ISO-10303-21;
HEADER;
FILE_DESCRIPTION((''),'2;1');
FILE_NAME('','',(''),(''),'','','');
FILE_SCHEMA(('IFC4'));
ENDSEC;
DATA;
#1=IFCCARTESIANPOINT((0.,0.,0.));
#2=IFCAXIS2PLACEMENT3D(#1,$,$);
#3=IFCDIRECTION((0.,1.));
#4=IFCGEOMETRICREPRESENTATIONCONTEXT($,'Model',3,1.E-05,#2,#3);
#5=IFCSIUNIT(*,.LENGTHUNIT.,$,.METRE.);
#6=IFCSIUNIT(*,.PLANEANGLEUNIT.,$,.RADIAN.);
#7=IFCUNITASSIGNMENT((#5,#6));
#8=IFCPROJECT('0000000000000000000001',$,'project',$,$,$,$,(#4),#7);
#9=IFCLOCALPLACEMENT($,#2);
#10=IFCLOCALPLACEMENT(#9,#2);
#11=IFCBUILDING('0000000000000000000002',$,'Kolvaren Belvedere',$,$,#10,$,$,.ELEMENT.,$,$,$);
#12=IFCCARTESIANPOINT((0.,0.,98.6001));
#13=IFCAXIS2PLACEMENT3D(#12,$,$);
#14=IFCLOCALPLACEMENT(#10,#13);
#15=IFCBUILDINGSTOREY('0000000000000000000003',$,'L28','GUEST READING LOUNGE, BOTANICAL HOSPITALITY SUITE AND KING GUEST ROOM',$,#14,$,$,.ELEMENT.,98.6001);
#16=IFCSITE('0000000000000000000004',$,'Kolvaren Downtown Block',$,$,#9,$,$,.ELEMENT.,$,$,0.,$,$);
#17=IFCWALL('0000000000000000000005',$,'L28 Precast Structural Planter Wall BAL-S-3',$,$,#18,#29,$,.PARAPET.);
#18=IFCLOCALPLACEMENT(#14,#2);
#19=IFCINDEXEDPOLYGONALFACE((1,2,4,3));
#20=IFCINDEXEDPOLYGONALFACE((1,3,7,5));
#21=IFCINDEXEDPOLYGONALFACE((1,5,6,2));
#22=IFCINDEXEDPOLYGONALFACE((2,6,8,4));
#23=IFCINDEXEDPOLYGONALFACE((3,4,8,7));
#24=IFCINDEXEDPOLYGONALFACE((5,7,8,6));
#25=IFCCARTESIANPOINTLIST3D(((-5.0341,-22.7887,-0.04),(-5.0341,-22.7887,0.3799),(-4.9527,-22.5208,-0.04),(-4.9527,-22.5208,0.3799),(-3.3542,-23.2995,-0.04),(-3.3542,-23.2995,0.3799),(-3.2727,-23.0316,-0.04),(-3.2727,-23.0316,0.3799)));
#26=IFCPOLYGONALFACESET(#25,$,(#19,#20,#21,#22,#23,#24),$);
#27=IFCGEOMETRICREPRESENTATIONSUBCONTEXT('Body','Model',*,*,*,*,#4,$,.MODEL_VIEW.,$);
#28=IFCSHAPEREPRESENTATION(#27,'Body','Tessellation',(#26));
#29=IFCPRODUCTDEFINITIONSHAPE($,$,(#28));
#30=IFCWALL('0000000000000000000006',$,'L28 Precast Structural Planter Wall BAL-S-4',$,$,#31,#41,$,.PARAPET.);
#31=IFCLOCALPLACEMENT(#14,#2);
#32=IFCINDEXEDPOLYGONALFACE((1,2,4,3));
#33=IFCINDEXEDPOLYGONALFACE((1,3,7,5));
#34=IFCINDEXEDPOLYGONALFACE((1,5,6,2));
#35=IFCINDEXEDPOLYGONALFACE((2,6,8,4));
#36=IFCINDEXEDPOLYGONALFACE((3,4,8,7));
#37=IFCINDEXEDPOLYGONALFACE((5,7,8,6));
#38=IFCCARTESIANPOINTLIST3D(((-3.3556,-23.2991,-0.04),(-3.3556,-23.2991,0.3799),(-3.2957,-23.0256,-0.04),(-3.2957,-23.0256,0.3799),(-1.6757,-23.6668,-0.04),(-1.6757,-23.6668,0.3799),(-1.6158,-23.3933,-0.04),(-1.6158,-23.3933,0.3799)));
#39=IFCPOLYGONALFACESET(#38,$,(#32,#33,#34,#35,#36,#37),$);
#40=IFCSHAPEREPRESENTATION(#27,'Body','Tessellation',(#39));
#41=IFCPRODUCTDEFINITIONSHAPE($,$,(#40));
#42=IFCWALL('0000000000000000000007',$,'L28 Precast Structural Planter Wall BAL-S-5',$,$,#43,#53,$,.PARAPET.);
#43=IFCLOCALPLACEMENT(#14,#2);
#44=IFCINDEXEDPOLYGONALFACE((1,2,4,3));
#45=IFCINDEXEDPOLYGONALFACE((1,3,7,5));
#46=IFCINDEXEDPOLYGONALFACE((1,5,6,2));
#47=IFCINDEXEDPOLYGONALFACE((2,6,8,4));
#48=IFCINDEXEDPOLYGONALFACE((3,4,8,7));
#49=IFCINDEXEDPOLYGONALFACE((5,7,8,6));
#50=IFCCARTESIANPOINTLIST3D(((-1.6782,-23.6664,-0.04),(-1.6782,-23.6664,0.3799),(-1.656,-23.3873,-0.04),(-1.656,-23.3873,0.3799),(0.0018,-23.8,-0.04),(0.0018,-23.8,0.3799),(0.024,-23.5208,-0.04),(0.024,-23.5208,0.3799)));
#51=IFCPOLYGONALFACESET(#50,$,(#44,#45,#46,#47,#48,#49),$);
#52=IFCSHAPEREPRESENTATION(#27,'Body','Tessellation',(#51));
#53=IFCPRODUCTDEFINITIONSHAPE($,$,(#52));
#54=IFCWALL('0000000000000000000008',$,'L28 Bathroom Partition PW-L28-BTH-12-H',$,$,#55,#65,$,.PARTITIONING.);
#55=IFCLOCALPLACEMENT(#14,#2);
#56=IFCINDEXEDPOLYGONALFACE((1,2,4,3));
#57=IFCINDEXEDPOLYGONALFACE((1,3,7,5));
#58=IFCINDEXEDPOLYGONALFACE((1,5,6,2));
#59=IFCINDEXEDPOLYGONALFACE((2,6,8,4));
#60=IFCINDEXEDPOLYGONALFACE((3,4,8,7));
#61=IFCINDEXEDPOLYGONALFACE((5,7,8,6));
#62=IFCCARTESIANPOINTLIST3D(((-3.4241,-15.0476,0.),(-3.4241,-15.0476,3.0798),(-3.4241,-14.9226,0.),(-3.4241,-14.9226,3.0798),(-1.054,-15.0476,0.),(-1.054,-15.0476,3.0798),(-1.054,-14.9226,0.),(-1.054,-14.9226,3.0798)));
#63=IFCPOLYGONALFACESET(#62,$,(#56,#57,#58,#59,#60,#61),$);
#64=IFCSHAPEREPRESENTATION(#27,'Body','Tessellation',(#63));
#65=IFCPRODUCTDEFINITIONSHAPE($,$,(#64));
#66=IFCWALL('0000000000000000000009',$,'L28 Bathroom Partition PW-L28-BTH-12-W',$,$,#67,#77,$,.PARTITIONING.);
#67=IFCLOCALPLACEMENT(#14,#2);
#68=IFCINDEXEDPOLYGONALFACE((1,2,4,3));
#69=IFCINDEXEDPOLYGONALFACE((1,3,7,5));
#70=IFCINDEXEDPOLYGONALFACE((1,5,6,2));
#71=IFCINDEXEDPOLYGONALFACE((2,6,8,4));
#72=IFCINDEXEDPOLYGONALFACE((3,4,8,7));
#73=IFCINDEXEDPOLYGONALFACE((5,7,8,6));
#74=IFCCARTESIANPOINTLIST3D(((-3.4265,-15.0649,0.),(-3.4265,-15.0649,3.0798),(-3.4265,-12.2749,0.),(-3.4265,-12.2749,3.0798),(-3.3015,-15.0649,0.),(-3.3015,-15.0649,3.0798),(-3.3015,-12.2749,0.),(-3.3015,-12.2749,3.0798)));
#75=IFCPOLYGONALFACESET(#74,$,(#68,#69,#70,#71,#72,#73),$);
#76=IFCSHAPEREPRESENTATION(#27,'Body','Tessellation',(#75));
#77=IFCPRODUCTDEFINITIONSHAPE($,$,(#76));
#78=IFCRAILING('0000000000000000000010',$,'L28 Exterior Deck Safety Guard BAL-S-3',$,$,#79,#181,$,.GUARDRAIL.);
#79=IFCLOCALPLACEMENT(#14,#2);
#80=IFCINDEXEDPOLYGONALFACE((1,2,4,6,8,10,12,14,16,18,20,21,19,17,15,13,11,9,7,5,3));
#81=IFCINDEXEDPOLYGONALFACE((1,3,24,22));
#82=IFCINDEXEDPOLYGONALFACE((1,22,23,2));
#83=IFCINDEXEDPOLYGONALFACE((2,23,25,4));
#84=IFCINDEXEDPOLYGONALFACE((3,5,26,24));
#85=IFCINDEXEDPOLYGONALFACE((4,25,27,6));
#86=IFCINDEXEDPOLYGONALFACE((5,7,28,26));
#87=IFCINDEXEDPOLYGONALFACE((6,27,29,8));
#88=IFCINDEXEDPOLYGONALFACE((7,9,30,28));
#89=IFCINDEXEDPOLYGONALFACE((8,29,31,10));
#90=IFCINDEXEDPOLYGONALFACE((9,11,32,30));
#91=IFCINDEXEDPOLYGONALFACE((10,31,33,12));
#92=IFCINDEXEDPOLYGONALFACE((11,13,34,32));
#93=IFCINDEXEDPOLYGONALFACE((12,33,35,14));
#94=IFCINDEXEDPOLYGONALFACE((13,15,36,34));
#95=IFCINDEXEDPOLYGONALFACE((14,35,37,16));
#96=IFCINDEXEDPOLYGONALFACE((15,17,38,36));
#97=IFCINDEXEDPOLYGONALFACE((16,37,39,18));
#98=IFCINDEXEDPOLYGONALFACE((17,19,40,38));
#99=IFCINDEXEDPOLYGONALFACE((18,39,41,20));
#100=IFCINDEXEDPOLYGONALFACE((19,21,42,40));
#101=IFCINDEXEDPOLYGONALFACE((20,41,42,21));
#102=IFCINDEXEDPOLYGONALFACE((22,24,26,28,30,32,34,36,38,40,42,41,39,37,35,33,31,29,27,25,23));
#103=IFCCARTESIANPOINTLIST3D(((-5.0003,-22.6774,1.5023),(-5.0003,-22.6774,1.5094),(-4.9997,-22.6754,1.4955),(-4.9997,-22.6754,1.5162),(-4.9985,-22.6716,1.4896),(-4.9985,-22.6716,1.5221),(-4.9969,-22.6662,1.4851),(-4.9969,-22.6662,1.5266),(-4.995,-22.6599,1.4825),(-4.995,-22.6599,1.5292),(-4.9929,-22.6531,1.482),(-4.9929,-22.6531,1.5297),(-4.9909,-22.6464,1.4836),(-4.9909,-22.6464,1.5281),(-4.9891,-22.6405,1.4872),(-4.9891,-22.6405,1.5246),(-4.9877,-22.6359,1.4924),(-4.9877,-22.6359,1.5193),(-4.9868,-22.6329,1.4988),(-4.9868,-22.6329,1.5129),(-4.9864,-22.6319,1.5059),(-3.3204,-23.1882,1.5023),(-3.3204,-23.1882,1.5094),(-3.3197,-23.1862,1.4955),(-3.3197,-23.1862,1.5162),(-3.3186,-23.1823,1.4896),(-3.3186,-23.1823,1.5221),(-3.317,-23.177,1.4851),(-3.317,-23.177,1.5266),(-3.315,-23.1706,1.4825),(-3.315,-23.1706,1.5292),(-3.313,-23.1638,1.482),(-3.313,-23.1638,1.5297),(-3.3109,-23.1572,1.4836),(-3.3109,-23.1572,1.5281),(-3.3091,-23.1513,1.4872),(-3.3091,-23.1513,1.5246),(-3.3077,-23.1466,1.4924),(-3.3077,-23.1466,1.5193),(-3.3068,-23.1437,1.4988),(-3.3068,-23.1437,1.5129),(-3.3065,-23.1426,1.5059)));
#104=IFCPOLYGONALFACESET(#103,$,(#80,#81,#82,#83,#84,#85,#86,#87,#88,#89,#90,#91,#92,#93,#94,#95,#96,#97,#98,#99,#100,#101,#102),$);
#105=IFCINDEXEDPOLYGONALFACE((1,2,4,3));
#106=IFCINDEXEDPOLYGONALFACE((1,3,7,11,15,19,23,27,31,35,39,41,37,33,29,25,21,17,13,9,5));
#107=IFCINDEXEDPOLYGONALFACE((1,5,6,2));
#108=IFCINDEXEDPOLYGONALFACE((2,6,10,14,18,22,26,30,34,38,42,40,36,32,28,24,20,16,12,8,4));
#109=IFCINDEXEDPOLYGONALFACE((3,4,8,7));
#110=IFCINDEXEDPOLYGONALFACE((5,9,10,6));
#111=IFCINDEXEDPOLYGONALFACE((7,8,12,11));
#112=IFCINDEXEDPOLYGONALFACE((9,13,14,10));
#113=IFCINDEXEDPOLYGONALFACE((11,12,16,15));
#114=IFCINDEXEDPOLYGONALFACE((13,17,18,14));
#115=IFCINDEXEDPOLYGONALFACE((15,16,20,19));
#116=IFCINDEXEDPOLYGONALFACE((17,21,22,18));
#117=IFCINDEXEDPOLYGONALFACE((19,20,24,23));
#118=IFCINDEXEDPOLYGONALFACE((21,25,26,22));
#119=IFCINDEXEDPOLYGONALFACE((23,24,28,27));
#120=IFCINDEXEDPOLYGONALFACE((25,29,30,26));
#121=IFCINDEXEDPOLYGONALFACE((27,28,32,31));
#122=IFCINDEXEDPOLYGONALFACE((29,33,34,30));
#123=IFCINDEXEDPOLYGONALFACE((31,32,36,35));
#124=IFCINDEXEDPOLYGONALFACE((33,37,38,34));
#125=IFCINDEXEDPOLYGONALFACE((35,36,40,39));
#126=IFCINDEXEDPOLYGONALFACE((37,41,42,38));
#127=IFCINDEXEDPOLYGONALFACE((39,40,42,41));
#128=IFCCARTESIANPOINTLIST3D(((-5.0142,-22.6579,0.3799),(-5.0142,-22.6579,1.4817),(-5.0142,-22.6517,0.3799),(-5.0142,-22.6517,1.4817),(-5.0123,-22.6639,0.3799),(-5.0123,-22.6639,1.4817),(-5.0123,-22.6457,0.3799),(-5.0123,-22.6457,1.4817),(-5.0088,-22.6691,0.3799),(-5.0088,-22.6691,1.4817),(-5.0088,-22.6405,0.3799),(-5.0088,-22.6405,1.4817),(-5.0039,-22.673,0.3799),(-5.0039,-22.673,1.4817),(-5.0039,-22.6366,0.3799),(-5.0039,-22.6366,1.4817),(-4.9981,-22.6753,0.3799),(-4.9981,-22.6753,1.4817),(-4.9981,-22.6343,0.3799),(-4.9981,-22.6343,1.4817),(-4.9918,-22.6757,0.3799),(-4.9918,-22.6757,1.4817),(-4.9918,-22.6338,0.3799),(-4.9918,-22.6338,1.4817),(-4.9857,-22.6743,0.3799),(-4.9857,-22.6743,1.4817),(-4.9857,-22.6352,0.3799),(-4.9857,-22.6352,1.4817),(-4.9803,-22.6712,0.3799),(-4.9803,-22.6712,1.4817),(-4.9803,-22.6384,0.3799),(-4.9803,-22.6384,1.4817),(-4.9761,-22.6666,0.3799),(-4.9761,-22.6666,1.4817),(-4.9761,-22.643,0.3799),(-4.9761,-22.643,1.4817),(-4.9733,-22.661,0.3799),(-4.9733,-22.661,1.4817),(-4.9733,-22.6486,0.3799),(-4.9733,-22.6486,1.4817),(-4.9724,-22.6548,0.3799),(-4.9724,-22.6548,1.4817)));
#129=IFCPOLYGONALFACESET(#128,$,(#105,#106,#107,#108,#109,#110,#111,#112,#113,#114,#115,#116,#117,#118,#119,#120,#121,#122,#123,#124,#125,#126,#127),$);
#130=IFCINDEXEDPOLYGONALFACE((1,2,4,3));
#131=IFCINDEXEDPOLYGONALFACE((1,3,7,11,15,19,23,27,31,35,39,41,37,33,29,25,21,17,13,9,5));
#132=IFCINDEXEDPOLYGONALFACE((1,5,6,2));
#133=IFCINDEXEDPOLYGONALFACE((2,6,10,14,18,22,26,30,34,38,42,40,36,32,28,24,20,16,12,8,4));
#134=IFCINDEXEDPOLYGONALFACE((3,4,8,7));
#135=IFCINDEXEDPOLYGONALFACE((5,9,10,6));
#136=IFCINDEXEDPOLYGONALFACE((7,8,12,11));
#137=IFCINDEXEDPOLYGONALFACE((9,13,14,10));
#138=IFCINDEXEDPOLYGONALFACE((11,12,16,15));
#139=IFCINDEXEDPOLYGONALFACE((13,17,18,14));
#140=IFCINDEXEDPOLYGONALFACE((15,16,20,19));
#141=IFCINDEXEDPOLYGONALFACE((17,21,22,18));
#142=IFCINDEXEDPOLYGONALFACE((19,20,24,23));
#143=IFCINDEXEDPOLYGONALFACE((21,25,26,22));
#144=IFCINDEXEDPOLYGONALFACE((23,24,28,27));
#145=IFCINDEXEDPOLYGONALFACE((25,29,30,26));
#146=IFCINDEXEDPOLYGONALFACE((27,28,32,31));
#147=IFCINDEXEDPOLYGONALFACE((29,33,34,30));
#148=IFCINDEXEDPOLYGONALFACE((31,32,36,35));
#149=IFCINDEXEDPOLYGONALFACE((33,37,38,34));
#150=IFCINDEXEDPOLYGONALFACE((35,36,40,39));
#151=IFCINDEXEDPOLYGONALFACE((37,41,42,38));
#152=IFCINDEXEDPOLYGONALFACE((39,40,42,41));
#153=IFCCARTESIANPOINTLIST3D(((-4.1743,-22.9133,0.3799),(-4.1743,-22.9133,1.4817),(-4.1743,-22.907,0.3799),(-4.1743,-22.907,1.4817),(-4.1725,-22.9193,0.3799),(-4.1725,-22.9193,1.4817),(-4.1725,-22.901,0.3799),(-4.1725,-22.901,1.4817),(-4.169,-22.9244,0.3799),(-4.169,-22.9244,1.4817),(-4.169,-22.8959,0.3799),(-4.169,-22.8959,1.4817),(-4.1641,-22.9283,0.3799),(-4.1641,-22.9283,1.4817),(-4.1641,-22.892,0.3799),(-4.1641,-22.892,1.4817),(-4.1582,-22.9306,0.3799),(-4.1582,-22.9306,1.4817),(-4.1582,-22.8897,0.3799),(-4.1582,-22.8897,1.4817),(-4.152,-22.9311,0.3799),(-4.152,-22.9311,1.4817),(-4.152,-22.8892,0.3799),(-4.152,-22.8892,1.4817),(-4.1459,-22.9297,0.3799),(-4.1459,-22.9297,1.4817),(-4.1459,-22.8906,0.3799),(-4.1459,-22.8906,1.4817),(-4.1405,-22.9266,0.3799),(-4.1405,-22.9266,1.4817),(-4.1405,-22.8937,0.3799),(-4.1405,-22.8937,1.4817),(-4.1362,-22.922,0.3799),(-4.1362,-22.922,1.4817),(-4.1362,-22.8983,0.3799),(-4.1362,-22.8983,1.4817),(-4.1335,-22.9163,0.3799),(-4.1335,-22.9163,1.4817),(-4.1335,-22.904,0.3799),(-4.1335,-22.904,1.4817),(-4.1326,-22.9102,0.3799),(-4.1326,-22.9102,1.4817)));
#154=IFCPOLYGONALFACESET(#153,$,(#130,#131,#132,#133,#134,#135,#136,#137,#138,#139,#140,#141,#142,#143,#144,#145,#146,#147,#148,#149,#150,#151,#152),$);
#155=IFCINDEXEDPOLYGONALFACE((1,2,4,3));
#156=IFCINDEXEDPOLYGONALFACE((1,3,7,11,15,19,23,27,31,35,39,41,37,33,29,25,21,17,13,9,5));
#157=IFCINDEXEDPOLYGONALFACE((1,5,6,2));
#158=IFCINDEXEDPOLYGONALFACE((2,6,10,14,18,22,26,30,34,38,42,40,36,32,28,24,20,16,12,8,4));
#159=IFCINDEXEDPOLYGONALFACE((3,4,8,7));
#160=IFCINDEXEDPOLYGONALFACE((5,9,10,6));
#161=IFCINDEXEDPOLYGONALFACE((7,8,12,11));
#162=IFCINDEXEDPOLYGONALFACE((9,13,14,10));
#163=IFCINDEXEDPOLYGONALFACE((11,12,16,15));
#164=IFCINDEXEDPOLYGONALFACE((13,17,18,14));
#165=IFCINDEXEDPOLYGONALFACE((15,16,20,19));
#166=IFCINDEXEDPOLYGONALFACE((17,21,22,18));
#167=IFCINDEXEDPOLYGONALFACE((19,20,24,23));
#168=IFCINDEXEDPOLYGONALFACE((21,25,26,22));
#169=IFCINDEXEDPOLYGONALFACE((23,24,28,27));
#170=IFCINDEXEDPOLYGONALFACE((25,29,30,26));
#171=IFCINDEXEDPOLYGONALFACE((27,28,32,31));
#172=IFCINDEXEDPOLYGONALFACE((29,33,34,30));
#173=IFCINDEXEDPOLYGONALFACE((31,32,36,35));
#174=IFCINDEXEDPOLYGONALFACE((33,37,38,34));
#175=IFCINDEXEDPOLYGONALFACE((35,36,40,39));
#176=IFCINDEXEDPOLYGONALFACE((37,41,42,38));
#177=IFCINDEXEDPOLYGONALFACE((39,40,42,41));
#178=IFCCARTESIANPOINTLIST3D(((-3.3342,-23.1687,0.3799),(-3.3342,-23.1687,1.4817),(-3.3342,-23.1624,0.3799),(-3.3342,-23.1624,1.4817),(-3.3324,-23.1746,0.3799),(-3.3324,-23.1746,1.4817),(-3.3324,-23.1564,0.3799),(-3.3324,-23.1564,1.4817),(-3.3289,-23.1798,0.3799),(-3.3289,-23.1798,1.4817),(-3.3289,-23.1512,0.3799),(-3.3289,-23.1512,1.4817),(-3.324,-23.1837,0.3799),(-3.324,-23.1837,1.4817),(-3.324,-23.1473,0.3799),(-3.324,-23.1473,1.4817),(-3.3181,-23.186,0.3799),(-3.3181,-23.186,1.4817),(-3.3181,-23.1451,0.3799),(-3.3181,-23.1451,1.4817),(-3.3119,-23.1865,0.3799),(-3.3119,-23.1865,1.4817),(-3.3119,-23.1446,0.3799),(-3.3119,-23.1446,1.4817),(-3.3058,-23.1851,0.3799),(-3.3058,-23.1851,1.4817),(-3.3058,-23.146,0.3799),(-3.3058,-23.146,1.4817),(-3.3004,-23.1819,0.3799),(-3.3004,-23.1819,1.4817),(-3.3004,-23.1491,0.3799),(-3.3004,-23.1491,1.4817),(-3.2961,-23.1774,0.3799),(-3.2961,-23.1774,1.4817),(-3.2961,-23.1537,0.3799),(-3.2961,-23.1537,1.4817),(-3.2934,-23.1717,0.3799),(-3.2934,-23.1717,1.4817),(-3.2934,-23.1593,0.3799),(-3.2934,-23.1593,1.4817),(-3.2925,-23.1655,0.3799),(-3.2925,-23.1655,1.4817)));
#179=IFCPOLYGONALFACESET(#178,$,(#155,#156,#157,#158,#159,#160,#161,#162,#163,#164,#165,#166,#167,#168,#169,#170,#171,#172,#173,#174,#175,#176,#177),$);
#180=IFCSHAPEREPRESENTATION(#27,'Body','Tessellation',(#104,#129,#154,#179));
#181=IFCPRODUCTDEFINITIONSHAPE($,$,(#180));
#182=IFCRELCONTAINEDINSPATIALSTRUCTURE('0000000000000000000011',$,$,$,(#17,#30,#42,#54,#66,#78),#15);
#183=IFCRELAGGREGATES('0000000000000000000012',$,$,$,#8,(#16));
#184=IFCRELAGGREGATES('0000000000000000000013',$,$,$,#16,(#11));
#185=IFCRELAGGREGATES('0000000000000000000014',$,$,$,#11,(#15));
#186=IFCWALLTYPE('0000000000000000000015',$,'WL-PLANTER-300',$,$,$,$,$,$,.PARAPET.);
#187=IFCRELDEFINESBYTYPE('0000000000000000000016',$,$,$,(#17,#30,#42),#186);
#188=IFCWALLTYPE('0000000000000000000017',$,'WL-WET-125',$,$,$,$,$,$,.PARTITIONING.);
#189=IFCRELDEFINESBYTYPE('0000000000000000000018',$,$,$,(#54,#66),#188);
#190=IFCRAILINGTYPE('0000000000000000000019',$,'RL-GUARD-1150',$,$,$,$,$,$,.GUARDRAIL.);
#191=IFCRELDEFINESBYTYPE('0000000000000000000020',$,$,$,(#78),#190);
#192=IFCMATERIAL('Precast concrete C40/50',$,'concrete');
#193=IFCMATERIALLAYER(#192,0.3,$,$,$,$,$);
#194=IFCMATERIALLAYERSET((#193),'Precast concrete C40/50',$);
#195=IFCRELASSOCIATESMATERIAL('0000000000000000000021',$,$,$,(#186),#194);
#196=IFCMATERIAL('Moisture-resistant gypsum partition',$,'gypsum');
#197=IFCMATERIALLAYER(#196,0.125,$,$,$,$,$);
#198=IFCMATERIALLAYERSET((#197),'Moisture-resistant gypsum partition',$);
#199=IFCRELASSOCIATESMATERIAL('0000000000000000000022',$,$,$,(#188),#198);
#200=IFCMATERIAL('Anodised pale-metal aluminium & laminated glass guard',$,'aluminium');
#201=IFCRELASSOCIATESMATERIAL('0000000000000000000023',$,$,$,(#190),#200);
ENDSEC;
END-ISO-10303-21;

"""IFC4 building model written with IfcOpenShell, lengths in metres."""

from ifc_helpers import new_model, si_unit, direction, frame, frame_2d, origin, origin_2d, place, context, subcontext, project, spatial, rectangle, circle, extrude, material, layer, layer_set, type_object, element, save


model = new_model("IFC4")

# Units and contexts
model_context = context("Model", 3, precision=1e-05, world=origin(), true_north=direction((0.0, 1.0)))
body_context = subcontext(model_context, "Body", "Model", "MODEL_VIEW")
ifc_project = project(units=[si_unit("LENGTHUNIT", "METRE"), si_unit("PLANEANGLEUNIT", "RADIAN")], contexts=[model_context])

# Site, building, storey
site_placement = place(None, origin())
site = spatial("IfcSite", under=ifc_project, at=site_placement, Name="Kolvaren Downtown Block", CompositionType="ELEMENT", RefElevation=0.0)
building_placement = place(site_placement, origin())
building = spatial("IfcBuilding", under=site, at=building_placement, Name="Kolvaren Belvedere", CompositionType="ELEMENT")
storey_placement = place(building_placement, frame((0.0, 0.0, 98.6001)))
storey = spatial("IfcBuildingStorey", under=building, at=storey_placement, Name="L28", Description="GUEST READING LOUNGE, BOTANICAL HOSPITALITY SUITE AND KING GUEST ROOM", CompositionType="ELEMENT", Elevation=98.6001)

# Walls
ifc_material_1 = material(Name="Precast concrete C40/50", Category="concrete")
ifc_layer_1 = layer(ifc_material_1, 0.3)
ifc_layer_set_1 = layer_set([ifc_layer_1], Name="Precast concrete C40/50")
wall_type_1 = type_object("IfcWallType", Name="WL-PLANTER-300", PredefinedType="PARAPET", material=ifc_layer_set_1)
wall_1_placement = place(storey_placement, frame((-4.9934, -22.6548, -0.04), z_axis=(0.0, 0.0, 1.0), x_axis=(0.95676, -0.290879, 0.0)))
element("IfcWall", 1, at=wall_1_placement, inside=storey, type_object=wall_type_1, Name="L28 Precast Structural Planter Wall BAL-S-3", PredefinedType="PARAPET", context=body_context, shape_type="SweptSolid", body=[
    extrude(rectangle(XDim=1.7559, YDim=0.28, at=frame_2d((0.8779, 0.0))), origin(), (0.0, 0.0, 1.0), 0.4199),
])
wall_2_placement = place(storey_placement, frame((-3.3257, -23.1624, -0.04), z_axis=(0.0, 0.0, 1.0), x_axis=(0.976877, -0.213803, 0.0)))
element("IfcWall", 2, at=wall_2_placement, inside=storey, type_object=wall_type_1, Name="L28 Precast Structural Planter Wall BAL-S-4", PredefinedType="PARAPET", context=body_context, shape_type="SweptSolid", body=[
    extrude(rectangle(XDim=1.7197, YDim=0.28, at=frame_2d((0.8599, 0.0))), origin(), (0.0, 0.0, 1.0), 0.4199),
])
wall_3_placement = place(storey_placement, frame((-1.6672, -23.5269, -0.04), z_axis=(0.0, 0.0, 1.0), x_axis=(0.996855, -0.079244, 0.0)))
element("IfcWall", 3, at=wall_3_placement, inside=storey, type_object=wall_type_1, Name="L28 Precast Structural Planter Wall BAL-S-5", PredefinedType="PARAPET", context=body_context, shape_type="SweptSolid", body=[
    extrude(rectangle(XDim=1.6853, YDim=0.28, at=frame_2d((0.8428, 0.0))), origin(), (0.0, 0.0, 1.0), 0.4199),
])
ifc_material_2 = material(Name="Moisture-resistant gypsum partition", Category="gypsum")
ifc_layer_2 = layer(ifc_material_2, 0.125)
ifc_layer_set_2 = layer_set([ifc_layer_2], Name="Moisture-resistant gypsum partition")
wall_type_2 = type_object("IfcWallType", Name="WL-WET-125", PredefinedType="PARTITIONING", material=ifc_layer_set_2)
wall_4_placement = place(storey_placement, frame((-3.4241, -14.9851, 0.0), z_axis=(0.0, 0.0, 1.0), x_axis=(1.0, 0.0, 0.0)))
element("IfcWall", 4, at=wall_4_placement, inside=storey, type_object=wall_type_2, Name="L28 Bathroom Partition PW-L28-BTH-12-H", PredefinedType="PARTITIONING", context=body_context, shape_type="SweptSolid", body=[
    extrude(rectangle(XDim=2.3701, YDim=0.125, at=frame_2d((1.1851, 0.0))), origin(), (0.0, 0.0, 1.0), 3.0798),
])
wall_5_placement = place(storey_placement, frame((-3.364, -15.0649, 0.0), z_axis=(0.0, 0.0, 1.0), x_axis=(0.0, 1.0, 0.0)))
element("IfcWall", 5, at=wall_5_placement, inside=storey, type_object=wall_type_2, Name="L28 Bathroom Partition PW-L28-BTH-12-W", PredefinedType="PARTITIONING", context=body_context, shape_type="SweptSolid", body=[
    extrude(rectangle(XDim=2.79, YDim=0.125, at=frame_2d((1.395, 0.0))), origin(), (0.0, 0.0, 1.0), 3.0798),
])

# Railing
ifc_material_3 = material(Name="Anodised pale-metal aluminium & laminated glass guard", Category="aluminium")
railing_type = type_object("IfcRailingType", Name="RL-GUARD-1150", PredefinedType="GUARDRAIL", material=ifc_material_3)
railing_1_placement = place(storey_placement, frame((-4.9934, -22.6548, 0.3799)))
element("IfcRailing", 6, at=railing_1_placement, inside=storey, type_object=railing_type, Name="L28 Exterior Deck Safety Guard BAL-S-3", PredefinedType="GUARDRAIL", context=body_context, shape_type="SweptSolid", body=[
    extrude(circle(Radius=0.0239, at=origin_2d()), frame((0.0, 0.0, 1.126), z_axis=(0.95676, -0.290879, 0.0), x_axis=(0.290879, 0.95676, 0.0)), (0.0, 0.0, 1.0), 1.7559),
    extrude(circle(Radius=0.021, at=origin_2d()), origin(), (0.0, 0.0, 1.0), 1.1018),
    extrude(circle(Radius=0.021, at=origin_2d()), frame((0.8398, -0.2554, 0.0)), (0.0, 0.0, 1.0), 1.1018),
    extrude(circle(Radius=0.021, at=origin_2d()), frame((1.6799, -0.5107, 0.0)), (0.0, 0.0, 1.0), 1.1018),
])

save(model, "model.ifc")
